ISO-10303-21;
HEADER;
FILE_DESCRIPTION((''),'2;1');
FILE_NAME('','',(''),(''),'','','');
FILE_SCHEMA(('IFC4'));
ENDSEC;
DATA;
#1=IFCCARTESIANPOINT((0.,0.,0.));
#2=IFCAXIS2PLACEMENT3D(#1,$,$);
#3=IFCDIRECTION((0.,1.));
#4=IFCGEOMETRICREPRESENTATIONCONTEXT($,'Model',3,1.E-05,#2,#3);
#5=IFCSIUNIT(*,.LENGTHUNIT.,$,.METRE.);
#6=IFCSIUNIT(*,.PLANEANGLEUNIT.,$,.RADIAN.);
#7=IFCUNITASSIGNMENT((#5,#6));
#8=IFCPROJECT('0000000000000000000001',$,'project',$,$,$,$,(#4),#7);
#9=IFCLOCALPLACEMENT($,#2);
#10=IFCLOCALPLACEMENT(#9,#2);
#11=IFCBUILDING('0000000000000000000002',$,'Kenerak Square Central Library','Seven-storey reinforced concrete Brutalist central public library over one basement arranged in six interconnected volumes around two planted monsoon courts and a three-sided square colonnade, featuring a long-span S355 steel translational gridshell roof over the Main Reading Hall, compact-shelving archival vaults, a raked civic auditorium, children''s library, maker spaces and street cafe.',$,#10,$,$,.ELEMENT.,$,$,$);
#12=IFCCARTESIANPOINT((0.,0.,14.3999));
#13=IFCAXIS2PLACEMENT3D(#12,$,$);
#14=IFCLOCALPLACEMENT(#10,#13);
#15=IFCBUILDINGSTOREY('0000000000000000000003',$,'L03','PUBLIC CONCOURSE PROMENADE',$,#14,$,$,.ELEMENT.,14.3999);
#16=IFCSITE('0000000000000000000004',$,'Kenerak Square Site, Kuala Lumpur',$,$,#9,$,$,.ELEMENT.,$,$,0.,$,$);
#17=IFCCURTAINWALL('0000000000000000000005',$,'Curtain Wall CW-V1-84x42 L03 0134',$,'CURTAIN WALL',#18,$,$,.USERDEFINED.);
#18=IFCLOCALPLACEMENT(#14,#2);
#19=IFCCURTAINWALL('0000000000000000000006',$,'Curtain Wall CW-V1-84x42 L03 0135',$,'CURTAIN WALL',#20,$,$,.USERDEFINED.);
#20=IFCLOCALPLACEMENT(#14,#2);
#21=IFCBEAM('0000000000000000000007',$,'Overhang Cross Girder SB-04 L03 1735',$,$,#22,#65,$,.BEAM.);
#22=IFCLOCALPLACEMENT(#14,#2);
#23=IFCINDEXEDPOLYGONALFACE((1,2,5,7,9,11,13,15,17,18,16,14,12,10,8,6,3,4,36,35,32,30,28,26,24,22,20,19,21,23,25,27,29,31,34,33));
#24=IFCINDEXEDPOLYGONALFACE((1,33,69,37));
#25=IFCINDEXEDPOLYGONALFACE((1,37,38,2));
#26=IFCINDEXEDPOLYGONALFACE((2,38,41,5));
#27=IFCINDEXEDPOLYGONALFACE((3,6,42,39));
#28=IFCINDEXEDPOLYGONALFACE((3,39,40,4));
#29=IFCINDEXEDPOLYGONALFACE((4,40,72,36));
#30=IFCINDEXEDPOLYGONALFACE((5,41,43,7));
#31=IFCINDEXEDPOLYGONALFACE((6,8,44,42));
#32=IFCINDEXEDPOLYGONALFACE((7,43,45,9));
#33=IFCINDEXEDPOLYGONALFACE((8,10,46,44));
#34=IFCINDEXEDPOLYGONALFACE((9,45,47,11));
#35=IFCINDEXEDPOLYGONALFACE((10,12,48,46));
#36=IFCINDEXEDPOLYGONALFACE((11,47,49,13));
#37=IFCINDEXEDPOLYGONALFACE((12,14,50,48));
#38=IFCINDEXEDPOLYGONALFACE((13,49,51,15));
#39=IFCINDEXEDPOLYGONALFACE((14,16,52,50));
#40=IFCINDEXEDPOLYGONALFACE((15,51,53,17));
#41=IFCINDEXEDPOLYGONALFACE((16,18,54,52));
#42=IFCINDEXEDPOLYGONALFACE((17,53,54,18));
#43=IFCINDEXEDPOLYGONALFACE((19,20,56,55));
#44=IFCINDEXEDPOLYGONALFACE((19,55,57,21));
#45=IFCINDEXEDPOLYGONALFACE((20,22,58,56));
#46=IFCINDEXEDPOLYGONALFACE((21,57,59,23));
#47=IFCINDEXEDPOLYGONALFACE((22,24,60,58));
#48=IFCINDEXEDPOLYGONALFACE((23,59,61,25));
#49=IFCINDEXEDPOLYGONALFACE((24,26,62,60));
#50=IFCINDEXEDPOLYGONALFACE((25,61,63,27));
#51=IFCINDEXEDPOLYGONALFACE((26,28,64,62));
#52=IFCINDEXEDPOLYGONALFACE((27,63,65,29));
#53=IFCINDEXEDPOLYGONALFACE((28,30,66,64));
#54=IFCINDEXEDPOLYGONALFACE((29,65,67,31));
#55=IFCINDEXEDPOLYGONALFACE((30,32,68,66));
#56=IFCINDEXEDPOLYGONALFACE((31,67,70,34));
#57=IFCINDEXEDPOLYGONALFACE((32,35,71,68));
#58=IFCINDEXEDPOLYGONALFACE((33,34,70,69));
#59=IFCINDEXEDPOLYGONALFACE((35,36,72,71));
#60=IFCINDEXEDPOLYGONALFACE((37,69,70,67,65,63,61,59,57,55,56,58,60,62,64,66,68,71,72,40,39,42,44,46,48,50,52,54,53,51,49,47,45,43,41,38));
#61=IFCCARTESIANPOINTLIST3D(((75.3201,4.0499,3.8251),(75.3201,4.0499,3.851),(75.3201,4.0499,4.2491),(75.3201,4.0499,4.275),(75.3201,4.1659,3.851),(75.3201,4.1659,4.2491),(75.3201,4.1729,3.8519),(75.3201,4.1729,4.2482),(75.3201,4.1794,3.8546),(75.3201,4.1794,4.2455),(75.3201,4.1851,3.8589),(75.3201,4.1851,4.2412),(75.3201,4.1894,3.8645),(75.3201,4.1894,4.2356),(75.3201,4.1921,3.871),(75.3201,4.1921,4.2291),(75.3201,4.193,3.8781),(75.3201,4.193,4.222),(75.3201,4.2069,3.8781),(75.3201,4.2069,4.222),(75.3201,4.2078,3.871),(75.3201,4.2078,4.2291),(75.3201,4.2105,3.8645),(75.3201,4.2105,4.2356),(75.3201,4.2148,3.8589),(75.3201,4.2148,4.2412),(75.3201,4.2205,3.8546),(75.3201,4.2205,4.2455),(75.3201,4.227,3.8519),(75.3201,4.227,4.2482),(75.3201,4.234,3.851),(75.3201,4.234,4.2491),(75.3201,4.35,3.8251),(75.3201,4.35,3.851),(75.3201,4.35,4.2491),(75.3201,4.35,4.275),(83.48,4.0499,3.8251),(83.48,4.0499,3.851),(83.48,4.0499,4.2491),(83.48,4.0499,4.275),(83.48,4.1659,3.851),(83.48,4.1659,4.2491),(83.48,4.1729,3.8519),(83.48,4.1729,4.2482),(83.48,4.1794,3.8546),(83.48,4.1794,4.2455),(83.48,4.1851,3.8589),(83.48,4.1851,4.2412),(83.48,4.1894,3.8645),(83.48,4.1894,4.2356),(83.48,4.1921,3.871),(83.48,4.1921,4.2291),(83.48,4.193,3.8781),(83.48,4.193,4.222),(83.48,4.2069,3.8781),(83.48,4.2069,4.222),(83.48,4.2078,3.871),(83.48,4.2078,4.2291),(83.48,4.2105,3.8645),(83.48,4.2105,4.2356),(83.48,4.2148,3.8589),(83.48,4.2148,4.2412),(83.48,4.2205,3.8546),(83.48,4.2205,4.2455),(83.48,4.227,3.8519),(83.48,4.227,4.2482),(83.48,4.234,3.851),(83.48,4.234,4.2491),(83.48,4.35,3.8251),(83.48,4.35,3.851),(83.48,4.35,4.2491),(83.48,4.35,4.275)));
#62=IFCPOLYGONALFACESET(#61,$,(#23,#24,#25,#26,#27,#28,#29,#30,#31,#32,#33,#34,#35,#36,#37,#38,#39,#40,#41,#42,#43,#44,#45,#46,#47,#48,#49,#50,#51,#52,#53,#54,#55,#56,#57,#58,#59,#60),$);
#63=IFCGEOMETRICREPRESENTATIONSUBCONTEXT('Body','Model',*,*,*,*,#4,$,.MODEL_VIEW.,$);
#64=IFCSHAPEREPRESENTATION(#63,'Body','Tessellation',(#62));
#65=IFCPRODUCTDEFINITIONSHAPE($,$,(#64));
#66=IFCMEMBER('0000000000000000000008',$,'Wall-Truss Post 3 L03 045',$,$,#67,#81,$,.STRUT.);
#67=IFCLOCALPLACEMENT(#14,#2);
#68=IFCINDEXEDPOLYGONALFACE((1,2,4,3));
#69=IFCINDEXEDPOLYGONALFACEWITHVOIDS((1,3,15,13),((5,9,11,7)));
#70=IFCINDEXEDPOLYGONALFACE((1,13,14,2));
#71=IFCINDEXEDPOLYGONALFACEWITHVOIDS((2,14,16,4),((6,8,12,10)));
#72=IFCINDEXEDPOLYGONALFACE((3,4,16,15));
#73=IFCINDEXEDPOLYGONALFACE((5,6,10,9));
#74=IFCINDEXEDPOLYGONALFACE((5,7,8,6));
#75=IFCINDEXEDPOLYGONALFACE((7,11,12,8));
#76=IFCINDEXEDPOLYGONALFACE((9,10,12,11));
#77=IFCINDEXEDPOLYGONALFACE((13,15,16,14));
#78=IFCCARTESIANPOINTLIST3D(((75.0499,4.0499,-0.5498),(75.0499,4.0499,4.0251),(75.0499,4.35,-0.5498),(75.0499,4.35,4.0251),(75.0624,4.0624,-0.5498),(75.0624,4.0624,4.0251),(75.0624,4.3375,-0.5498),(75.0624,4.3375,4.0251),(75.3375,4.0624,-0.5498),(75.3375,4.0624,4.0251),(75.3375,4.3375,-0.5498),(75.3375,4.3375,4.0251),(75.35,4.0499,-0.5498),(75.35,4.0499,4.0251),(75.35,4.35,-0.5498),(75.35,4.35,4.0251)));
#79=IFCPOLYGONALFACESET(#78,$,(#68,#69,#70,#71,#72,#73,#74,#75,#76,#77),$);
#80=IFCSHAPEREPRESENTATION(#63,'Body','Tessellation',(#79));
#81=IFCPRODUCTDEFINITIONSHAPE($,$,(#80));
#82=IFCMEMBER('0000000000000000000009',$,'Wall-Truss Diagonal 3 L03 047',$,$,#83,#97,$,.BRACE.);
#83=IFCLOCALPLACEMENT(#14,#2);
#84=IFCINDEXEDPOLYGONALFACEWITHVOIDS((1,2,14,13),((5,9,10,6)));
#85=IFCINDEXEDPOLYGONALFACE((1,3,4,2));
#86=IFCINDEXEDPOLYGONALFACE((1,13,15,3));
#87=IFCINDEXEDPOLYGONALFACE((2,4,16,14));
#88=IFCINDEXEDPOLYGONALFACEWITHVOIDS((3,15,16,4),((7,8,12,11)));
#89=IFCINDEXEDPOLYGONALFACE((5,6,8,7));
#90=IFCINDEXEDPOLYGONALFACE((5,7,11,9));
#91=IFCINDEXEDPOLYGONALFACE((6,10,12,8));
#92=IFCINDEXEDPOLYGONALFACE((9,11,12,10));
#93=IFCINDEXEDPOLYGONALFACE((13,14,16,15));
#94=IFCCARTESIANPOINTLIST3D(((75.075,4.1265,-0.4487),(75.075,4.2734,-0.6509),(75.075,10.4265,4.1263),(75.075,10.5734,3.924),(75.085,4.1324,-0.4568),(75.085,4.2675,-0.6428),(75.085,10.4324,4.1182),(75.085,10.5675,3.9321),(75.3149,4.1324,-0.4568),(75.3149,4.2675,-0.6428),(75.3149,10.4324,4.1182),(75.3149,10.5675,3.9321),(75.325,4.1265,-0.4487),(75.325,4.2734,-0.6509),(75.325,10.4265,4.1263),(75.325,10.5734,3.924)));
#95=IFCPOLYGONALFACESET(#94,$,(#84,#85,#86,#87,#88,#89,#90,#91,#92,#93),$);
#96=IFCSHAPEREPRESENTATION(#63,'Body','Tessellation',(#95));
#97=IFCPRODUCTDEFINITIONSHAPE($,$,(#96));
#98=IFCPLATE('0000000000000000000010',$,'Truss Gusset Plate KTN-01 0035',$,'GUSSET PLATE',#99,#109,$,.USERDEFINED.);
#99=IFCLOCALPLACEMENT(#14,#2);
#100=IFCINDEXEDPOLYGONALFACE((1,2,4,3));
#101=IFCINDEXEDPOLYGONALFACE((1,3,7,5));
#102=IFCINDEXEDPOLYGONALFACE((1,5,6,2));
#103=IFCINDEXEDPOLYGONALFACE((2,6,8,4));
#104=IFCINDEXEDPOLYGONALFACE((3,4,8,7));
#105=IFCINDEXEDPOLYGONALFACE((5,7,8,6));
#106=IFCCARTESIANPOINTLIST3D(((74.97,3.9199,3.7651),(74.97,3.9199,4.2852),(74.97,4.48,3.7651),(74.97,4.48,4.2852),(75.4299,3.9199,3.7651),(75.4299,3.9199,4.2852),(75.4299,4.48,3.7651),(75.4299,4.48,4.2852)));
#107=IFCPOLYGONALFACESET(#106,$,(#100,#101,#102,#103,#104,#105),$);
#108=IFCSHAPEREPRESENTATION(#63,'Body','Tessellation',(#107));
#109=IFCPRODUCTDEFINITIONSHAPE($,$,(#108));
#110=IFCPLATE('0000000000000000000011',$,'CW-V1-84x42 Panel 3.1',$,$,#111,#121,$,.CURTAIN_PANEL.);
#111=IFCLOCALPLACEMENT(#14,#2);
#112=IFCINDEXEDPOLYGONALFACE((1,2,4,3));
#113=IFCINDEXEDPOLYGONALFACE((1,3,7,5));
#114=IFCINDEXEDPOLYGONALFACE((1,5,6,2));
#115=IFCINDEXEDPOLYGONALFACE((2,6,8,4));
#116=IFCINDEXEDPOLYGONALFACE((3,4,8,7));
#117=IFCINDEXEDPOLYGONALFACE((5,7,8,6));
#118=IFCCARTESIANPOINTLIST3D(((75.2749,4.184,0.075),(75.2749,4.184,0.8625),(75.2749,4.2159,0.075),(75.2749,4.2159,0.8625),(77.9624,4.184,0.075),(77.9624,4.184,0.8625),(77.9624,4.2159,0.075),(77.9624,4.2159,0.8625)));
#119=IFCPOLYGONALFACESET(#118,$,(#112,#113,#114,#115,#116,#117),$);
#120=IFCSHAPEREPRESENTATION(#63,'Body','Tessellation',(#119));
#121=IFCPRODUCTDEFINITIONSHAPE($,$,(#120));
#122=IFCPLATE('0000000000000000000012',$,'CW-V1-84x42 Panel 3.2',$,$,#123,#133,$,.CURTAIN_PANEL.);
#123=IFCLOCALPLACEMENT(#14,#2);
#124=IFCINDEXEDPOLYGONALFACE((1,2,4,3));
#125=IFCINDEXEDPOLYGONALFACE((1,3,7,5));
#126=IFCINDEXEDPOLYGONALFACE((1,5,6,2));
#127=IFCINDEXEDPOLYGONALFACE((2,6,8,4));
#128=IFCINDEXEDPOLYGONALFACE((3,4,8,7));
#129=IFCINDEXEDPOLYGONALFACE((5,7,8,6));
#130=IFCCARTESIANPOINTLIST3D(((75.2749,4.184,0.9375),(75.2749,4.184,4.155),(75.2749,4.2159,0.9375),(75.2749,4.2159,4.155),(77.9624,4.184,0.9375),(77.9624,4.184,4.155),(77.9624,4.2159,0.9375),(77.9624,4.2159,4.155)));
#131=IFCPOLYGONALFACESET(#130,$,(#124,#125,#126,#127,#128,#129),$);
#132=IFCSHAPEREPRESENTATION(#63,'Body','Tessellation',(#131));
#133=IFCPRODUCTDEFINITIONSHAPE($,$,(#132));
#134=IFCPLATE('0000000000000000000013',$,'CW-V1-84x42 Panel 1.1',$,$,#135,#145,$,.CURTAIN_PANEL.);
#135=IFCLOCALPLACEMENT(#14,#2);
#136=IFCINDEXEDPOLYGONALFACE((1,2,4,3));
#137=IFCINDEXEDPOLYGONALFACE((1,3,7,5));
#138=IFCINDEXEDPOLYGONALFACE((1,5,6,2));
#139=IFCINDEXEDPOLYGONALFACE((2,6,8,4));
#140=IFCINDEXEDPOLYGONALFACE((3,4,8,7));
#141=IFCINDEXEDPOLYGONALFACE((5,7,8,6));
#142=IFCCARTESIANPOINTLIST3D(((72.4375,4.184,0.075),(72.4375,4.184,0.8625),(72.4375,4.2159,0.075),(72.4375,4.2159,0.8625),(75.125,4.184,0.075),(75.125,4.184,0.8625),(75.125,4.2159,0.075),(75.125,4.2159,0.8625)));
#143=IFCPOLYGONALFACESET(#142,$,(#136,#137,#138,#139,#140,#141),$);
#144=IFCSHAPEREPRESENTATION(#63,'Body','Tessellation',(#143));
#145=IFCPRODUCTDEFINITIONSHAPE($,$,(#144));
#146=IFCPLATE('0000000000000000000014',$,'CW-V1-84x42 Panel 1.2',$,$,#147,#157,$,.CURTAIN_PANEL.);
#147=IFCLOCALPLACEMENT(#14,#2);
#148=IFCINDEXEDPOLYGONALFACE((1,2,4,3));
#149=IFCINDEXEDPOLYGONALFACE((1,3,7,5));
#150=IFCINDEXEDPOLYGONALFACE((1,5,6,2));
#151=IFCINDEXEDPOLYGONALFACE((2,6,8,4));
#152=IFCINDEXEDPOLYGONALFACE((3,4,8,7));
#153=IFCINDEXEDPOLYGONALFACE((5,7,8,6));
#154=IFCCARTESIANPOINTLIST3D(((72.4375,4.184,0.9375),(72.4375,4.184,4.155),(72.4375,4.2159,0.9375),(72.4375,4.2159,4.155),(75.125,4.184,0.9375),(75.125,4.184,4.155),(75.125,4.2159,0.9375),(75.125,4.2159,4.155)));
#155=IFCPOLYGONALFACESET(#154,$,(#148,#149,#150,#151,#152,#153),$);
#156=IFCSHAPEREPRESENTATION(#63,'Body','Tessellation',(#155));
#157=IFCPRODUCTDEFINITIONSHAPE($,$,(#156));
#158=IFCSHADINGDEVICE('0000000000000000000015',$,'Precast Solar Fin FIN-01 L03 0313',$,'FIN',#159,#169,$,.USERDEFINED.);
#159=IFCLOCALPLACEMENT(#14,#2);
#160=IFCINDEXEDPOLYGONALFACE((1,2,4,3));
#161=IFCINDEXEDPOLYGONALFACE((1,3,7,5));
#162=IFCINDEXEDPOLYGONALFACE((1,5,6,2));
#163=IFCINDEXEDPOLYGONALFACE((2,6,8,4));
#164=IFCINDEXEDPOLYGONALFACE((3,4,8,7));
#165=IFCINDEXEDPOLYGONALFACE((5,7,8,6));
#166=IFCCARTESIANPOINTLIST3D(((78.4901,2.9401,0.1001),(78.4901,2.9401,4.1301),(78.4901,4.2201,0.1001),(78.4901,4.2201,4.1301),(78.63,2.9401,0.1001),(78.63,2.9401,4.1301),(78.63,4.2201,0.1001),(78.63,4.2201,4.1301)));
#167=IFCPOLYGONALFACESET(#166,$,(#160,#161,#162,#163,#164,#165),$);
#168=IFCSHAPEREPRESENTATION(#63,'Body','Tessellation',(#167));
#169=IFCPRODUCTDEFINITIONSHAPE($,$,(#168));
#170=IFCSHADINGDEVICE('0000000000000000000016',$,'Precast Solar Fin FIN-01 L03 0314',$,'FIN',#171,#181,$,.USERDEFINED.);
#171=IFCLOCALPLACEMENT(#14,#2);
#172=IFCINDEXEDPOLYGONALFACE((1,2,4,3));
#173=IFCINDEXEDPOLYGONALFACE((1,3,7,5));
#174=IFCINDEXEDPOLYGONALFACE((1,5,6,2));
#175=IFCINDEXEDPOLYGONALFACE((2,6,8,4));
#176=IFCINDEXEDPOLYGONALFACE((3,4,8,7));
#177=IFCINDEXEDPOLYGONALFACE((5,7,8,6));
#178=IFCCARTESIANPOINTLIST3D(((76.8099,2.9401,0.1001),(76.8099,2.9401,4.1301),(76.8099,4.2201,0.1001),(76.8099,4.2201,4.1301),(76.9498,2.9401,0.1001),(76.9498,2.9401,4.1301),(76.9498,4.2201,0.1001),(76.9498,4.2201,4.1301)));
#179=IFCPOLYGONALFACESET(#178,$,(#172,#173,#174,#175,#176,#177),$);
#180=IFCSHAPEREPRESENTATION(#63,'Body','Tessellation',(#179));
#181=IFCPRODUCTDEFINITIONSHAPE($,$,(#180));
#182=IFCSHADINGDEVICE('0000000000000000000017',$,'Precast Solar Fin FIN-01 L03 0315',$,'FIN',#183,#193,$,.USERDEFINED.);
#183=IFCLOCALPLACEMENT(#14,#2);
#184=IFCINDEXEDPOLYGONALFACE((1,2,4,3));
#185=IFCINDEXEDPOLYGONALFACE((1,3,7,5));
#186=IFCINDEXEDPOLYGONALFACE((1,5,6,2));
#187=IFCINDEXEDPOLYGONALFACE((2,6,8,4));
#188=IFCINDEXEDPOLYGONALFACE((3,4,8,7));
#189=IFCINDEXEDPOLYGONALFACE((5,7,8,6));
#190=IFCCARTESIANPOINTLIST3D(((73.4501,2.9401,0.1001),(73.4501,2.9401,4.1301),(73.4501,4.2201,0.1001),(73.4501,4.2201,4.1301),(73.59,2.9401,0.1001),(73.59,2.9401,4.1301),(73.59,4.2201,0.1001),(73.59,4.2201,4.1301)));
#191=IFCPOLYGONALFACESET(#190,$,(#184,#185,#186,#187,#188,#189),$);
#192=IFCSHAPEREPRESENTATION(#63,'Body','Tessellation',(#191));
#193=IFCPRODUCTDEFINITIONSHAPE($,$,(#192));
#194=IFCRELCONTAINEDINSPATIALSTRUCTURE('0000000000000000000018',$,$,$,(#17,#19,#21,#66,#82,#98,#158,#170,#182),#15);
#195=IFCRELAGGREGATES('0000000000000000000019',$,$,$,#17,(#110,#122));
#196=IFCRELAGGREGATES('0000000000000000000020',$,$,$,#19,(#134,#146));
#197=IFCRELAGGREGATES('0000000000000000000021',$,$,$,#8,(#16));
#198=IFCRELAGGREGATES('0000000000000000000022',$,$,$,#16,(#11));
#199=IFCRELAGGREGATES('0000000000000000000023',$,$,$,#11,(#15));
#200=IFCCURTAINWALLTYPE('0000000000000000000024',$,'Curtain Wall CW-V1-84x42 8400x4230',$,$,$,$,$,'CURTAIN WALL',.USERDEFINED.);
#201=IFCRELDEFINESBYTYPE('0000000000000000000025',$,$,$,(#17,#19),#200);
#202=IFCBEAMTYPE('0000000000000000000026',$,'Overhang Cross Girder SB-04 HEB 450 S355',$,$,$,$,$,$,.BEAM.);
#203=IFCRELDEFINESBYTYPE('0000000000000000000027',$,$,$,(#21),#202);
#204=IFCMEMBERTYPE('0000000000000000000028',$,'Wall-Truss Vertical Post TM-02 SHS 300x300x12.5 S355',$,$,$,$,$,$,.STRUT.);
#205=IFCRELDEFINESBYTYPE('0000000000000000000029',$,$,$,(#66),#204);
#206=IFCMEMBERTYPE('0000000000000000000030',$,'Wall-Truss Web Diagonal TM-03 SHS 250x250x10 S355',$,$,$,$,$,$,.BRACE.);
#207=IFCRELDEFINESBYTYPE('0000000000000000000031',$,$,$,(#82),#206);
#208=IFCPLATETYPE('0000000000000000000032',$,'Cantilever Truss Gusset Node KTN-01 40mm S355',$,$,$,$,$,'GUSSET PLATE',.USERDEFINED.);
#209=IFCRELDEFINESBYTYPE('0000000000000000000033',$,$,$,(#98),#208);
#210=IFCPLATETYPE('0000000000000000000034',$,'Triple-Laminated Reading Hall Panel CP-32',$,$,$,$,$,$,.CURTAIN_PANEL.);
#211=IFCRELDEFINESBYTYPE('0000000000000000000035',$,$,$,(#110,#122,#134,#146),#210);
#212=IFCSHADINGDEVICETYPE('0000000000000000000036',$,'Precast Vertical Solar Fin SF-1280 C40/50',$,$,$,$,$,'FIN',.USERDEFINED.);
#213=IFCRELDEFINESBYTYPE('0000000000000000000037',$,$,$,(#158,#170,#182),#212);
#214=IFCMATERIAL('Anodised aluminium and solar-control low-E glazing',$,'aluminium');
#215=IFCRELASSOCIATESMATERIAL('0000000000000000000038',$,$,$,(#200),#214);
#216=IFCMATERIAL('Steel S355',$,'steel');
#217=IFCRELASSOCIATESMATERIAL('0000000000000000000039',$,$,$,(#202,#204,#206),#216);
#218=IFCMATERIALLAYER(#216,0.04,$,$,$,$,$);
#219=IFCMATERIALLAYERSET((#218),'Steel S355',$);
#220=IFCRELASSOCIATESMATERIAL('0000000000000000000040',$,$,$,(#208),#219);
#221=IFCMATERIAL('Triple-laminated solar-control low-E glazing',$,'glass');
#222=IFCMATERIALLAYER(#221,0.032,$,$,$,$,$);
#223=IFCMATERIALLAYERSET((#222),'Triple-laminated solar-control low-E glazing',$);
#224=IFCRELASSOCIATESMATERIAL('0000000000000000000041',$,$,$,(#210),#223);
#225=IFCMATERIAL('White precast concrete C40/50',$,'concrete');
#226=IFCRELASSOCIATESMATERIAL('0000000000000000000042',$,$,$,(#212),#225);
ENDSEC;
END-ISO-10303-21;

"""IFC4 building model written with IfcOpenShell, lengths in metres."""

from ifc_helpers import new_model, si_unit, direction, frame, origin, origin_2d, place, context, subcontext, project, spatial, rectangle, hollow_rectangle, i_section, extrude, material, layer, layer_set, material_profile, profile_set, type_object, element, aggregate, save


model = new_model("IFC4")

# Units and contexts
model_context = context("Model", 3, precision=1e-05, world=origin(), true_north=direction((0.0, 1.0)))
body_context = subcontext(model_context, "Body", "Model", "MODEL_VIEW")
ifc_project = project(units=[si_unit("LENGTHUNIT", "METRE"), si_unit("PLANEANGLEUNIT", "RADIAN")], contexts=[model_context])

# Site, building, storey
site_placement = place(None, origin())
site = spatial("IfcSite", under=ifc_project, at=site_placement, Name="Kenerak Square Site, Kuala Lumpur", CompositionType="ELEMENT", RefElevation=0.0)
building_placement = place(site_placement, origin())
building = spatial("IfcBuilding", under=site, at=building_placement, Name="Kenerak Square Central Library", Description="Seven-storey reinforced concrete Brutalist central public library over one basement arranged in six interconnected volumes around two planted monsoon courts and a three-sided square colonnade, featuring a long-span S355 steel translational gridshell roof over the Main Reading Hall, compact-shelving archival vaults, a raked civic auditorium, children's library, maker spaces and street cafe.", CompositionType="ELEMENT")
storey_placement = place(building_placement, frame((0.0, 0.0, 14.3999)))
storey = spatial("IfcBuildingStorey", under=building, at=storey_placement, Name="L03", Description="PUBLIC CONCOURSE PROMENADE", CompositionType="ELEMENT", Elevation=14.3999)

# Shared definitions
ifc_material_1 = material(Name="Steel S355", Category="steel")

# Curtain walls
ifc_material_2 = material(Name="Anodised aluminium and solar-control low-E glazing", Category="aluminium")
curtain_wall_type = type_object("IfcCurtainWallType", Name="Curtain Wall CW-V1-84x42 8400x4230", ElementType="CURTAIN WALL", PredefinedType="USERDEFINED", material=ifc_material_2)
curtain_wall_1_placement = place(storey_placement, origin())
curtain_wall_1 = element("IfcCurtainWall", 1, at=curtain_wall_1_placement, inside=storey, type_object=curtain_wall_type, Name="Curtain Wall CW-V1-84x42 L03 0134", ObjectType="CURTAIN WALL", PredefinedType="USERDEFINED")
curtain_wall_2_placement = place(storey_placement, origin())
curtain_wall_2 = element("IfcCurtainWall", 2, at=curtain_wall_2_placement, inside=storey, type_object=curtain_wall_type, Name="Curtain Wall CW-V1-84x42 L03 0135", ObjectType="CURTAIN WALL", PredefinedType="USERDEFINED")

# Beam
ifc_material_profile_1 = material_profile(ifc_material_1, i_section(OverallWidth=0.3, OverallDepth=0.45, WebThickness=0.0139, FlangeThickness=0.0259, FilletRadius=0.0271, at=origin_2d()), Name="HEB 450")
ifc_profile_set_1 = profile_set([ifc_material_profile_1], Name="Steel S355")
beam_type_1 = type_object("IfcBeamType", Name="Overhang Cross Girder SB-04 HEB 450 S355", PredefinedType="BEAM", material=ifc_profile_set_1)
beam_1_placement = place(storey_placement, frame((75.3201, 4.2, 4.05), z_axis=(1.0, 0.0, 0.0), x_axis=(0.0, 1.0, 0.0)))
element("IfcBeam", 3, at=beam_1_placement, inside=storey, type_object=beam_type_1, Name="Overhang Cross Girder SB-04 L03 1735", PredefinedType="BEAM", context=body_context, shape_type="SweptSolid", body=[
    extrude(i_section(OverallWidth=0.3, OverallDepth=0.45, WebThickness=0.0139, FlangeThickness=0.0259, FilletRadius=0.0271, at=origin_2d()), origin(), (0.0, 0.0, 1.0), 8.1599),
])

# Members
ifc_material_profile_2 = material_profile(ifc_material_1, hollow_rectangle(XDim=0.3, YDim=0.3, WallThickness=0.0125, at=origin_2d()), Name="SHS 300x300x12.5")
ifc_profile_set_2 = profile_set([ifc_material_profile_2], Name="Steel S355")
member_type_1 = type_object("IfcMemberType", Name="Wall-Truss Vertical Post TM-02 SHS 300x300x12.5 S355", PredefinedType="STRUT", material=ifc_profile_set_2)
member_1_placement = place(storey_placement, frame((75.2, 4.2, -0.5498), z_axis=(0.0, 0.0, 1.0), x_axis=(1.0, 0.0, 0.0)))
element("IfcMember", 4, at=member_1_placement, inside=storey, type_object=member_type_1, Name="Wall-Truss Post 3 L03 045", PredefinedType="STRUT", context=body_context, shape_type="SweptSolid", body=[
    extrude(hollow_rectangle(XDim=0.3, YDim=0.3, WallThickness=0.0125, at=origin_2d()), origin(), (0.0, 0.0, 1.0), 4.575),
])
ifc_material_profile_3 = material_profile(ifc_material_1, hollow_rectangle(XDim=0.25, YDim=0.25, WallThickness=0.01, at=origin_2d()), Name="SHS 250x250x10.0")
ifc_profile_set_3 = profile_set([ifc_material_profile_3], Name="Steel S355")
member_type_2 = type_object("IfcMemberType", Name="Wall-Truss Web Diagonal TM-03 SHS 250x250x10 S355", PredefinedType="BRACE", material=ifc_profile_set_3)
member_2_placement = place(storey_placement, frame((75.2, 4.2, -0.5498), z_axis=(0.0, 0.809158, 0.587592), x_axis=(-1.0, 0.0, 0.0)))
element("IfcMember", 5, at=member_2_placement, inside=storey, type_object=member_type_2, Name="Wall-Truss Diagonal 3 L03 047", PredefinedType="BRACE", context=body_context, shape_type="SweptSolid", body=[
    extrude(hollow_rectangle(XDim=0.25, YDim=0.25, WallThickness=0.01, at=origin_2d()), origin(), (0.0, 0.0, 1.0), 7.7859),
])

# Plates
ifc_layer_1 = layer(ifc_material_1, 0.04)
ifc_layer_set_1 = layer_set([ifc_layer_1], Name="Steel S355")
plate_type_1 = type_object("IfcPlateType", Name="Cantilever Truss Gusset Node KTN-01 40mm S355", ElementType="GUSSET PLATE", PredefinedType="USERDEFINED", material=ifc_layer_set_1)
plate_1_placement = place(storey_placement, frame((75.2, 4.2, 3.7651), z_axis=(0.0, 0.0, 1.0), x_axis=(1.0, 0.0, 0.0)))
element("IfcPlate", 6, at=plate_1_placement, inside=storey, type_object=plate_type_1, Name="Truss Gusset Plate KTN-01 0035", ObjectType="GUSSET PLATE", PredefinedType="USERDEFINED", context=body_context, shape_type="SweptSolid", body=[
    extrude(rectangle(XDim=0.46, YDim=0.5601, at=origin_2d()), origin(), (0.0, 0.0, 1.0), 0.52),
])
ifc_material_3 = material(Name="Triple-laminated solar-control low-E glazing", Category="glass")
ifc_layer_2 = layer(ifc_material_3, 0.032)
ifc_layer_set_2 = layer_set([ifc_layer_2], Name="Triple-laminated solar-control low-E glazing")
plate_type_2 = type_object("IfcPlateType", Name="Triple-Laminated Reading Hall Panel CP-32", PredefinedType="CURTAIN_PANEL", material=ifc_layer_set_2)
plate_2_placement = place(storey_placement, frame((76.6187, 4.2, 0.075), z_axis=(0.0, 0.0, 1.0), x_axis=(-1.0, 0.0, 0.0)))
plate_2 = element("IfcPlate", 7, at=plate_2_placement, type_object=plate_type_2, Name="CW-V1-84x42 Panel 3.1", PredefinedType="CURTAIN_PANEL", context=body_context, shape_type="SweptSolid", body=[
    extrude(rectangle(XDim=2.6875, YDim=0.032, at=origin_2d()), origin(), (0.0, 0.0, 1.0), 0.7876),
])
plate_3_placement = place(storey_placement, frame((76.6187, 4.2, 0.9375), z_axis=(0.0, 0.0, 1.0), x_axis=(-1.0, 0.0, 0.0)))
plate_3 = element("IfcPlate", 8, at=plate_3_placement, type_object=plate_type_2, Name="CW-V1-84x42 Panel 3.2", PredefinedType="CURTAIN_PANEL", context=body_context, shape_type="SweptSolid", body=[
    extrude(rectangle(XDim=2.6875, YDim=0.032, at=origin_2d()), origin(), (0.0, 0.0, 1.0), 3.2175),
])
aggregate(curtain_wall_1, [plate_2, plate_3])
plate_4_placement = place(storey_placement, frame((73.7812, 4.2, 0.075), z_axis=(0.0, 0.0, 1.0), x_axis=(-1.0, 0.0, 0.0)))
plate_4 = element("IfcPlate", 9, at=plate_4_placement, type_object=plate_type_2, Name="CW-V1-84x42 Panel 1.1", PredefinedType="CURTAIN_PANEL", context=body_context, shape_type="SweptSolid", body=[
    extrude(rectangle(XDim=2.6875, YDim=0.032, at=origin_2d()), origin(), (0.0, 0.0, 1.0), 0.7876),
])
plate_5_placement = place(storey_placement, frame((73.7812, 4.2, 0.9375), z_axis=(0.0, 0.0, 1.0), x_axis=(-1.0, 0.0, 0.0)))
plate_5 = element("IfcPlate", 10, at=plate_5_placement, type_object=plate_type_2, Name="CW-V1-84x42 Panel 1.2", PredefinedType="CURTAIN_PANEL", context=body_context, shape_type="SweptSolid", body=[
    extrude(rectangle(XDim=2.6875, YDim=0.032, at=origin_2d()), origin(), (0.0, 0.0, 1.0), 3.2175),
])
aggregate(curtain_wall_2, [plate_4, plate_5])

# Shading devices
ifc_material_4 = material(Name="White precast concrete C40/50", Category="concrete")
shading_device_type = type_object("IfcShadingDeviceType", Name="Precast Vertical Solar Fin SF-1280 C40/50", ElementType="FIN", PredefinedType="USERDEFINED", material=ifc_material_4)
for number, where, z_axis, x_axis, name in (
    (11, (78.5601, 3.5801, 0.1001), (0.0, 0.0, 1.0), (-1.0, 0.0, 0.0), "Precast Solar Fin FIN-01 L03 0313"),
    (12, (76.8799, 3.5801, 0.1001), (0.0, 0.0, 1.0), (-1.0, 0.0, 0.0), "Precast Solar Fin FIN-01 L03 0314"),
    (13, (73.52, 3.5801, 0.1001), (0.0, 0.0, 1.0), (-1.0, 0.0, 0.0), "Precast Solar Fin FIN-01 L03 0315"),
):
    element("IfcShadingDevice", number, at=place(storey_placement, frame(where, z_axis=z_axis, x_axis=x_axis)), inside=storey, type_object=shading_device_type, Name=name, ObjectType="FIN", PredefinedType="USERDEFINED", context=body_context, shape_type="SweptSolid", body=[
        extrude(rectangle(XDim=0.1399, YDim=1.28, at=origin_2d()), origin(), (0.0, 0.0, 1.0), 4.03),
    ])

save(model, "model.ifc")
